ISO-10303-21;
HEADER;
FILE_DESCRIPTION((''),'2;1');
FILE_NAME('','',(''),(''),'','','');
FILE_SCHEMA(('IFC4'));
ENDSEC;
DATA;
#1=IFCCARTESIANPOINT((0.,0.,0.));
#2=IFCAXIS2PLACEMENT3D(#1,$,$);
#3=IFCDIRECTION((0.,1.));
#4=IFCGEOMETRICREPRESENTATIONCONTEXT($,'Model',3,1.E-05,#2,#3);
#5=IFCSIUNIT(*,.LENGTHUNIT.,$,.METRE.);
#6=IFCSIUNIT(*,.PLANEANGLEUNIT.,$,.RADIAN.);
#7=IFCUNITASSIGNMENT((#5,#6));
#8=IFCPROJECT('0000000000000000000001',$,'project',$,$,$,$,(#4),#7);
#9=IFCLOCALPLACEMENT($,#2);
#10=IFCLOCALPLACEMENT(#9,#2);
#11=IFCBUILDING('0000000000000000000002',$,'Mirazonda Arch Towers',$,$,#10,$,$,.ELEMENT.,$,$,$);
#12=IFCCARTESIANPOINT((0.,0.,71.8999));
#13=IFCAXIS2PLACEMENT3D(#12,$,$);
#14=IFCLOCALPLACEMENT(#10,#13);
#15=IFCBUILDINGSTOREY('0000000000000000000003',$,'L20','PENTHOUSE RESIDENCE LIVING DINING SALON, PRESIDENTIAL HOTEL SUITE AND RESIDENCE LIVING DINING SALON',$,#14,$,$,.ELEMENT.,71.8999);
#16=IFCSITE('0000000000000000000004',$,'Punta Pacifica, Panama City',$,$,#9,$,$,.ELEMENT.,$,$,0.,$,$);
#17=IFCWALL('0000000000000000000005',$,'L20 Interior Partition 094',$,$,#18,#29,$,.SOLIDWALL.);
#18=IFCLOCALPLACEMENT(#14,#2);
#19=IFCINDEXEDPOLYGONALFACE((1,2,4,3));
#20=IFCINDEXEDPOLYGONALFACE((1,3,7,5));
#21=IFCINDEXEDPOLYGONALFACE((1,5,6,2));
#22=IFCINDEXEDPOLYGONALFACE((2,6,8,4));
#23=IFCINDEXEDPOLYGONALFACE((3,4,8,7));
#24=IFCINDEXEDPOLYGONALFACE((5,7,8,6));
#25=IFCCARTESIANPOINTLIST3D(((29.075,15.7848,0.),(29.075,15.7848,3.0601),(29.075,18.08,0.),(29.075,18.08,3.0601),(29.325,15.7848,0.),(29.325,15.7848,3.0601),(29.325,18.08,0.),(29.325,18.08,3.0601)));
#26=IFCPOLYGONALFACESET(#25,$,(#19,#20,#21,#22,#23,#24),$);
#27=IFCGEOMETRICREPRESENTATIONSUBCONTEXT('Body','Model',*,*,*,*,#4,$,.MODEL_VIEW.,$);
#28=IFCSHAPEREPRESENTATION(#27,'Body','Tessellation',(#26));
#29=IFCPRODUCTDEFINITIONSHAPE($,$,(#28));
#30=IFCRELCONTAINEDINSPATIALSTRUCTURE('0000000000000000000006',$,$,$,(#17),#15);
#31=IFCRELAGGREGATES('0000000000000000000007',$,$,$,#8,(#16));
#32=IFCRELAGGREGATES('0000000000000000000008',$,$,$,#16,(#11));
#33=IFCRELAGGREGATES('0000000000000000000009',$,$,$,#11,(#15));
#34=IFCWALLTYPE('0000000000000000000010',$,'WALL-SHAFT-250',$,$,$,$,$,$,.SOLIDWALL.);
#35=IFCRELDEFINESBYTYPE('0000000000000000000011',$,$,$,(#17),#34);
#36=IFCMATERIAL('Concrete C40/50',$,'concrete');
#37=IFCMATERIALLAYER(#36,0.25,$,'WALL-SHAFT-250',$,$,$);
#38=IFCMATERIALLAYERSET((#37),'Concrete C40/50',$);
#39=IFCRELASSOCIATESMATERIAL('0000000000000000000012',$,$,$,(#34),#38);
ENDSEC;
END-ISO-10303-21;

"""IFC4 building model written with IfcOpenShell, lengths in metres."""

from ifc_helpers import new_model, si_unit, direction, frame, frame_2d, origin, place, context, subcontext, project, spatial, rectangle, extrude, material, layer, layer_set, type_object, element, save


model = new_model("IFC4")

# Units and contexts
model_context = context("Model", 3, precision=1e-05, world=origin(), true_north=direction((0.0, 1.0)))
body_context = subcontext(model_context, "Body", "Model", "MODEL_VIEW")
ifc_project = project(units=[si_unit("LENGTHUNIT", "METRE"), si_unit("PLANEANGLEUNIT", "RADIAN")], contexts=[model_context])

# Site, building, storey
site_placement = place(None, origin())
site = spatial("IfcSite", under=ifc_project, at=site_placement, Name="Punta Pacifica, Panama City", CompositionType="ELEMENT", RefElevation=0.0)
building_placement = place(site_placement, origin())
building = spatial("IfcBuilding", under=site, at=building_placement, Name="Mirazonda Arch Towers", CompositionType="ELEMENT")
storey_placement = place(building_placement, frame((0.0, 0.0, 71.8999)))
storey = spatial("IfcBuildingStorey", under=building, at=storey_placement, Name="L20", Description="PENTHOUSE RESIDENCE LIVING DINING SALON, PRESIDENTIAL HOTEL SUITE AND RESIDENCE LIVING DINING SALON", CompositionType="ELEMENT", Elevation=71.8999)

# Wall
ifc_material_1 = material(Name="Concrete C40/50", Category="concrete")
ifc_layer_1 = layer(ifc_material_1, 0.25, Name="WALL-SHAFT-250")
ifc_layer_set_1 = layer_set([ifc_layer_1], Name="Concrete C40/50")
wall_type_1 = type_object("IfcWallType", Name="WALL-SHAFT-250", PredefinedType="SOLIDWALL", material=ifc_layer_set_1)
wall_1_placement = place(storey_placement, frame((29.2, 15.7849, 0.0), z_axis=(0.0, 0.0, 1.0), x_axis=(0.0, 1.0, 0.0)))
element("IfcWall", 1, at=wall_1_placement, inside=storey, type_object=wall_type_1, Name="L20 Interior Partition 094", PredefinedType="SOLIDWALL", context=body_context, shape_type="SweptSolid", body=[
    extrude(rectangle(XDim=2.2952, YDim=0.25, at=frame_2d((1.1475, 0.0))), origin(), (0.0, 0.0, 1.0), 3.0601),
])

save(model, "model.ifc")
